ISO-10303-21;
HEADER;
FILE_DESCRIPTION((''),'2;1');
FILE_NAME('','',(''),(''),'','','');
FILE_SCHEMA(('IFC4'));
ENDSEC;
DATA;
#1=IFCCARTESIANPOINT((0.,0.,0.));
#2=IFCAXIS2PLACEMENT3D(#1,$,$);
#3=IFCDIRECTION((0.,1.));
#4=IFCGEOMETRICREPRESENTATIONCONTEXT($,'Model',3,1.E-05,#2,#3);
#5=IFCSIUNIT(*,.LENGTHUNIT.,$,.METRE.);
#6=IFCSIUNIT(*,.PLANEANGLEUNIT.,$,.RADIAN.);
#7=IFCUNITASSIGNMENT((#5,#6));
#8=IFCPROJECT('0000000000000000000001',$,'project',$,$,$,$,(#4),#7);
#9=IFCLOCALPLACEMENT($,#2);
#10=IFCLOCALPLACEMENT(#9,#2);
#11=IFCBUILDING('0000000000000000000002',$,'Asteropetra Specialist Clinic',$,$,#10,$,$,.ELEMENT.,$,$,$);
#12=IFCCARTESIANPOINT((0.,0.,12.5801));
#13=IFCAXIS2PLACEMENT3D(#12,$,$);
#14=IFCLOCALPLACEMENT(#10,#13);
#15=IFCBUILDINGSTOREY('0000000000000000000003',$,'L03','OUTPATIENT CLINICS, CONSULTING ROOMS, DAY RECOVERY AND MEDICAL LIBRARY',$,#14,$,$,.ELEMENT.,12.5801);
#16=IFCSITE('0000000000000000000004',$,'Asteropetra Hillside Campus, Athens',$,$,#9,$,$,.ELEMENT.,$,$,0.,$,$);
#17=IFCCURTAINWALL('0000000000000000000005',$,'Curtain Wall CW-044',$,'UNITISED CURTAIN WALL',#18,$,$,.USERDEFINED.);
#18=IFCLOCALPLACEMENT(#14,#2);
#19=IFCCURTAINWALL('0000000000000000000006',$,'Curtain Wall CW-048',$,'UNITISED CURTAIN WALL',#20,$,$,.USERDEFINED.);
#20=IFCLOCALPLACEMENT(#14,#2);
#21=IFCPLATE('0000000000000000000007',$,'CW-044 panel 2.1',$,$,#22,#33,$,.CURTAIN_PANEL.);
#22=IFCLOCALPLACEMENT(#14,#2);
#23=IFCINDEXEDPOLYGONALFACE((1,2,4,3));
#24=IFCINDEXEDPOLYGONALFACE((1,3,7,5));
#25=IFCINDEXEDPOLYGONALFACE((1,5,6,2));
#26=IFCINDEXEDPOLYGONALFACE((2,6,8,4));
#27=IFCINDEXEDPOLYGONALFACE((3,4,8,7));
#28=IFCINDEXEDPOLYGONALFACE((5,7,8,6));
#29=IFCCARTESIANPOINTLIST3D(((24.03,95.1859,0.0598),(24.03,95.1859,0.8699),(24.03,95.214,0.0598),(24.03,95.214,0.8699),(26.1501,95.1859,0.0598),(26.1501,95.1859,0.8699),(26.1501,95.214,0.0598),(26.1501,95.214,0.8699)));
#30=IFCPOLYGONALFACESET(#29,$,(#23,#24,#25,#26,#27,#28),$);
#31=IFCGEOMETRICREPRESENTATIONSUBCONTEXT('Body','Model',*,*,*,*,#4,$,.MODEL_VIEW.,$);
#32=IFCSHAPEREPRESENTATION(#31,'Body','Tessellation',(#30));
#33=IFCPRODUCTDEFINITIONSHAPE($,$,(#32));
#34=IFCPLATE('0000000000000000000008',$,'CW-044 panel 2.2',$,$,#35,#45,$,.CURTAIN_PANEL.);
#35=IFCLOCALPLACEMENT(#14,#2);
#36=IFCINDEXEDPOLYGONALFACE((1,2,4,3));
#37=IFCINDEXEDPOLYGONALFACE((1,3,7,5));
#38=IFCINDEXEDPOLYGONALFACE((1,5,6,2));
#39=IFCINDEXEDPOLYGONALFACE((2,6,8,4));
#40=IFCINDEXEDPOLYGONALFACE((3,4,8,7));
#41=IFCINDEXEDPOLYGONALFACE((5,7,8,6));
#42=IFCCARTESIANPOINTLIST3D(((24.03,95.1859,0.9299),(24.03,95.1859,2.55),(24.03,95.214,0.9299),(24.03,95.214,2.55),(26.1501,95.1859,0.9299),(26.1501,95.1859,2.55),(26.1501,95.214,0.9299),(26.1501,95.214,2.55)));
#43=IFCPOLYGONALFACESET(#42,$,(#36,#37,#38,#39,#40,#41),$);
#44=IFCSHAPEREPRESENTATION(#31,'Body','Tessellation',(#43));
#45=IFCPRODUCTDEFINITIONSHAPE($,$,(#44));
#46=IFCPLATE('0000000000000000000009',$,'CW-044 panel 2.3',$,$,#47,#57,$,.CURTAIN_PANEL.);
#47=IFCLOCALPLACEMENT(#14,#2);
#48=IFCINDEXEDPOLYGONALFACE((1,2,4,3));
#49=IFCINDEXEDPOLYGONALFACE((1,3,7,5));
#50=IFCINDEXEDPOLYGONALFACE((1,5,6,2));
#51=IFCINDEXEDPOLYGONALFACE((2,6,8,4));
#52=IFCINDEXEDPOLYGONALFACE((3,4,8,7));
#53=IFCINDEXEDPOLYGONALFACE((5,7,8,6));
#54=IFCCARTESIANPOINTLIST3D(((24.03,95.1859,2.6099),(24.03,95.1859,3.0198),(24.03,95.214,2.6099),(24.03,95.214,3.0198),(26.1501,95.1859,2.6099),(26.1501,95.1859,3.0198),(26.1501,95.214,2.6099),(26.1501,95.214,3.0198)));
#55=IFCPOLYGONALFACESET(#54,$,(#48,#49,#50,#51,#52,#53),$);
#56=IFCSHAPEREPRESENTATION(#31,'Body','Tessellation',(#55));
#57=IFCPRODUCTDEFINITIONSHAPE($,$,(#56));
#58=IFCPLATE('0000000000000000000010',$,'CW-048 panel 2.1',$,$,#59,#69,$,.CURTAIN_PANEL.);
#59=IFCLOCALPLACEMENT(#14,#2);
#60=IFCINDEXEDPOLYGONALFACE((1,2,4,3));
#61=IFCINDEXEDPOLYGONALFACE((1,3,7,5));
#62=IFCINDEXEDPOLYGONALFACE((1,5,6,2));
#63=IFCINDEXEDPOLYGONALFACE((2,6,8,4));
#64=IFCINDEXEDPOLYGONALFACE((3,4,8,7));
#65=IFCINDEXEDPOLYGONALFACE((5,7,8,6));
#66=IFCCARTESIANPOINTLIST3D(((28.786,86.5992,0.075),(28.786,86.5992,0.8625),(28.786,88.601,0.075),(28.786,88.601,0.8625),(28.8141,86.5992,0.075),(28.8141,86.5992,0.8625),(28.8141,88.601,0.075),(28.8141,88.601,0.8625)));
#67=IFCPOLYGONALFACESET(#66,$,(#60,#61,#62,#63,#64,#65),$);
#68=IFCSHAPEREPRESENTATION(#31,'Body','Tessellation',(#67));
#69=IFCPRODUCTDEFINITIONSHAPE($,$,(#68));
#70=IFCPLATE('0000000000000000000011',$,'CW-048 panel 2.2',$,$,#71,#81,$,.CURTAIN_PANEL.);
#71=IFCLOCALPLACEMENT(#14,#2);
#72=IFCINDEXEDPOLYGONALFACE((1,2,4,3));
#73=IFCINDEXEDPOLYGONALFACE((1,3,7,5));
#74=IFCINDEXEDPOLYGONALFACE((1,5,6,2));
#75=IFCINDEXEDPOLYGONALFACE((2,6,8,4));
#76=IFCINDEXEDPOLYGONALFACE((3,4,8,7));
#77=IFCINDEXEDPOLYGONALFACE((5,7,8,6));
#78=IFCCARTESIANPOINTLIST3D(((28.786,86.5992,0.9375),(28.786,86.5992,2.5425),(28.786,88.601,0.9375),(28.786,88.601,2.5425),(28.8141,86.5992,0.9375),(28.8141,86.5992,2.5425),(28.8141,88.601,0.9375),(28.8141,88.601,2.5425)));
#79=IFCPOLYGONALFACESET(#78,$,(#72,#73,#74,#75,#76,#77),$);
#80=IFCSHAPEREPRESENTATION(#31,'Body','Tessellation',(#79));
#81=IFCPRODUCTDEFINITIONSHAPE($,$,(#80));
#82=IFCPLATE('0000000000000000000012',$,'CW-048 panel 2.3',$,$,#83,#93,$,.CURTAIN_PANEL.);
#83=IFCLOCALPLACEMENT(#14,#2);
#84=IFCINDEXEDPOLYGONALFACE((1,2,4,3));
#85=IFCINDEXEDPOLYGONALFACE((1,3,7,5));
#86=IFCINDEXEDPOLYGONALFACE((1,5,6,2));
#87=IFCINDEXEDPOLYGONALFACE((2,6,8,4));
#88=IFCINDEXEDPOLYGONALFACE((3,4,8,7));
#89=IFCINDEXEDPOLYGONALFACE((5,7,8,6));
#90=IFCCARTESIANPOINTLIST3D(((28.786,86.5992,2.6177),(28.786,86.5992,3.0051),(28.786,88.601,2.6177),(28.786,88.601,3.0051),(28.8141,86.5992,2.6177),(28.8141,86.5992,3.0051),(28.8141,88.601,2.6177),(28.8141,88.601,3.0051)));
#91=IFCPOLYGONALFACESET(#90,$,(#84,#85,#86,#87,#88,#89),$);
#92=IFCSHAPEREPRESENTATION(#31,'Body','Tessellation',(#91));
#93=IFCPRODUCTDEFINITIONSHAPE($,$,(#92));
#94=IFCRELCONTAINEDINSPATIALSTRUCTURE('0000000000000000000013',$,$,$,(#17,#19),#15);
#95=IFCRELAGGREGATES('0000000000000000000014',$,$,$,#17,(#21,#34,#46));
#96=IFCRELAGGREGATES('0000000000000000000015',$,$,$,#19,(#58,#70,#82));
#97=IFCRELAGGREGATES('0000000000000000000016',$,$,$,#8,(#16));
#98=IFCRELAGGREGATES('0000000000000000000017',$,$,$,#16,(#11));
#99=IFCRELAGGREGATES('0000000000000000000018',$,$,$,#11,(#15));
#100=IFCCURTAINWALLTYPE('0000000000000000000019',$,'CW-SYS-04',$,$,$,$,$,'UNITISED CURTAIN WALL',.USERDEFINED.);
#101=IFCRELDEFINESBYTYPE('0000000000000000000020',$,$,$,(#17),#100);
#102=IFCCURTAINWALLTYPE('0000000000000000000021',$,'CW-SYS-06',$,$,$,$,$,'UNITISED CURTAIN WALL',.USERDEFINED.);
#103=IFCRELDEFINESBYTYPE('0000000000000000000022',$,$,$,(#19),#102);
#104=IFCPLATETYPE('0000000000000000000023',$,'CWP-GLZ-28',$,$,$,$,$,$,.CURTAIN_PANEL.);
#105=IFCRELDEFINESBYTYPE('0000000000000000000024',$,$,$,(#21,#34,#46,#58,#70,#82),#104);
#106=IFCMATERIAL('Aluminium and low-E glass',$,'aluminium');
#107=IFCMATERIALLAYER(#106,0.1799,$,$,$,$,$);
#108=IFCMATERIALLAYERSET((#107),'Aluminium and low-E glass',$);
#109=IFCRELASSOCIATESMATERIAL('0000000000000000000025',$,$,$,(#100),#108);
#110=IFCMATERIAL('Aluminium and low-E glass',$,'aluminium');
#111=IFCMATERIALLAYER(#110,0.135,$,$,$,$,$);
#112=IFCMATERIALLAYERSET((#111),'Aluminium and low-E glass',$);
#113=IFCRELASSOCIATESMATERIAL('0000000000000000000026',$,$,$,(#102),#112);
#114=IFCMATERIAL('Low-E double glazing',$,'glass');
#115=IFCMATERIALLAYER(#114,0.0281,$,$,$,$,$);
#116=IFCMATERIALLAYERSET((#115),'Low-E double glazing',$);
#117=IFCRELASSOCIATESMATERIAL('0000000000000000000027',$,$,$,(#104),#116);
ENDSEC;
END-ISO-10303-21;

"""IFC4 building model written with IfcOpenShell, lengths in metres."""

from ifc_helpers import new_model, si_unit, direction, frame, origin, origin_2d, place, context, subcontext, project, spatial, rectangle, extrude, material, layer, layer_set, type_object, element, aggregate, save


model = new_model("IFC4")

# Units and contexts
model_context = context("Model", 3, precision=1e-05, world=origin(), true_north=direction((0.0, 1.0)))
body_context = subcontext(model_context, "Body", "Model", "MODEL_VIEW")
ifc_project = project(units=[si_unit("LENGTHUNIT", "METRE"), si_unit("PLANEANGLEUNIT", "RADIAN")], contexts=[model_context])

# Site, building, storey
site_placement = place(None, origin())
site = spatial("IfcSite", under=ifc_project, at=site_placement, Name="Asteropetra Hillside Campus, Athens", CompositionType="ELEMENT", RefElevation=0.0)
building_placement = place(site_placement, origin())
building = spatial("IfcBuilding", under=site, at=building_placement, Name="Asteropetra Specialist Clinic", CompositionType="ELEMENT")
storey_placement = place(building_placement, frame((0.0, 0.0, 12.5801)))
storey = spatial("IfcBuildingStorey", under=building, at=storey_placement, Name="L03", Description="OUTPATIENT CLINICS, CONSULTING ROOMS, DAY RECOVERY AND MEDICAL LIBRARY", CompositionType="ELEMENT", Elevation=12.5801)

# Curtain wall
ifc_material_1 = material(Name="Aluminium and low-E glass", Category="aluminium")
ifc_layer_1 = layer(ifc_material_1, 0.1799)
ifc_layer_set_1 = layer_set([ifc_layer_1], Name="Aluminium and low-E glass")
curtain_wall_type_1 = type_object("IfcCurtainWallType", Name="CW-SYS-04", ElementType="UNITISED CURTAIN WALL", PredefinedType="USERDEFINED", material=ifc_layer_set_1)
curtain_wall_1_placement = place(storey_placement, origin())
curtain_wall_1 = element("IfcCurtainWall", 1, at=curtain_wall_1_placement, inside=storey, type_object=curtain_wall_type_1, Name="Curtain Wall CW-044", ObjectType="UNITISED CURTAIN WALL", PredefinedType="USERDEFINED")

# Curtain wall
ifc_material_2 = material(Name="Aluminium and low-E glass", Category="aluminium")
ifc_layer_2 = layer(ifc_material_2, 0.135)
ifc_layer_set_2 = layer_set([ifc_layer_2], Name="Aluminium and low-E glass")
curtain_wall_type_2 = type_object("IfcCurtainWallType", Name="CW-SYS-06", ElementType="UNITISED CURTAIN WALL", PredefinedType="USERDEFINED", material=ifc_layer_set_2)
curtain_wall_2_placement = place(storey_placement, origin())
curtain_wall_2 = element("IfcCurtainWall", 2, at=curtain_wall_2_placement, inside=storey, type_object=curtain_wall_type_2, Name="Curtain Wall CW-048", ObjectType="UNITISED CURTAIN WALL", PredefinedType="USERDEFINED")

# Plates
ifc_material_3 = material(Name="Low-E double glazing", Category="glass")
ifc_layer_3 = layer(ifc_material_3, 0.0281)
ifc_layer_set_3 = layer_set([ifc_layer_3], Name="Low-E double glazing")
plate_type = type_object("IfcPlateType", Name="CWP-GLZ-28", PredefinedType="CURTAIN_PANEL", material=ifc_layer_set_3)
plate_1_placement = place(storey_placement, frame((25.0901, 95.2, 0.0598), z_axis=(0.0, 0.0, 1.0), x_axis=(-1.0, 0.0, 0.0)))
plate_1 = element("IfcPlate", 3, at=plate_1_placement, type_object=plate_type, Name="CW-044 panel 2.1", PredefinedType="CURTAIN_PANEL", context=body_context, shape_type="SweptSolid", body=[
    extrude(rectangle(XDim=2.1201, YDim=0.0281, at=origin_2d()), origin(), (0.0, 0.0, 1.0), 0.8101),
])
plate_2_placement = place(storey_placement, frame((25.0901, 95.2, 0.9299), z_axis=(0.0, 0.0, 1.0), x_axis=(-1.0, 0.0, 0.0)))
plate_2 = element("IfcPlate", 4, at=plate_2_placement, type_object=plate_type, Name="CW-044 panel 2.2", PredefinedType="CURTAIN_PANEL", context=body_context, shape_type="SweptSolid", body=[
    extrude(rectangle(XDim=2.1201, YDim=0.0281, at=origin_2d()), origin(), (0.0, 0.0, 1.0), 1.6201),
])
plate_3_placement = place(storey_placement, frame((25.0901, 95.2, 2.6099), z_axis=(0.0, 0.0, 1.0), x_axis=(-1.0, 0.0, 0.0)))
plate_3 = element("IfcPlate", 5, at=plate_3_placement, type_object=plate_type, Name="CW-044 panel 2.3", PredefinedType="CURTAIN_PANEL", context=body_context, shape_type="SweptSolid", body=[
    extrude(rectangle(XDim=2.1201, YDim=0.0281, at=origin_2d()), origin(), (0.0, 0.0, 1.0), 0.4099),
])
aggregate(curtain_wall_1, [plate_1, plate_2, plate_3])
plate_4_placement = place(storey_placement, frame((28.8, 87.6001, 0.075), z_axis=(0.0, 0.0, 1.0), x_axis=(0.0, 1.0, 0.0)))
plate_4 = element("IfcPlate", 6, at=plate_4_placement, type_object=plate_type, Name="CW-048 panel 2.1", PredefinedType="CURTAIN_PANEL", context=body_context, shape_type="SweptSolid", body=[
    extrude(rectangle(XDim=2.0017, YDim=0.0281, at=origin_2d()), origin(), (0.0, 0.0, 1.0), 0.7876),
])
plate_5_placement = place(storey_placement, frame((28.8, 87.6001, 0.9375), z_axis=(0.0, 0.0, 1.0), x_axis=(0.0, 1.0, 0.0)))
plate_5 = element("IfcPlate", 7, at=plate_5_placement, type_object=plate_type, Name="CW-048 panel 2.2", PredefinedType="CURTAIN_PANEL", context=body_context, shape_type="SweptSolid", body=[
    extrude(rectangle(XDim=2.0017, YDim=0.0281, at=origin_2d()), origin(), (0.0, 0.0, 1.0), 1.605),
])
plate_6_placement = place(storey_placement, frame((28.8, 87.6001, 2.6177), z_axis=(0.0, 0.0, 1.0), x_axis=(0.0, 1.0, 0.0)))
plate_6 = element("IfcPlate", 8, at=plate_6_placement, type_object=plate_type, Name="CW-048 panel 2.3", PredefinedType="CURTAIN_PANEL", context=body_context, shape_type="SweptSolid", body=[
    extrude(rectangle(XDim=2.0017, YDim=0.0281, at=origin_2d()), origin(), (0.0, 0.0, 1.0), 0.3875),
])
aggregate(curtain_wall_2, [plate_4, plate_5, plate_6])

save(model, "model.ifc")
